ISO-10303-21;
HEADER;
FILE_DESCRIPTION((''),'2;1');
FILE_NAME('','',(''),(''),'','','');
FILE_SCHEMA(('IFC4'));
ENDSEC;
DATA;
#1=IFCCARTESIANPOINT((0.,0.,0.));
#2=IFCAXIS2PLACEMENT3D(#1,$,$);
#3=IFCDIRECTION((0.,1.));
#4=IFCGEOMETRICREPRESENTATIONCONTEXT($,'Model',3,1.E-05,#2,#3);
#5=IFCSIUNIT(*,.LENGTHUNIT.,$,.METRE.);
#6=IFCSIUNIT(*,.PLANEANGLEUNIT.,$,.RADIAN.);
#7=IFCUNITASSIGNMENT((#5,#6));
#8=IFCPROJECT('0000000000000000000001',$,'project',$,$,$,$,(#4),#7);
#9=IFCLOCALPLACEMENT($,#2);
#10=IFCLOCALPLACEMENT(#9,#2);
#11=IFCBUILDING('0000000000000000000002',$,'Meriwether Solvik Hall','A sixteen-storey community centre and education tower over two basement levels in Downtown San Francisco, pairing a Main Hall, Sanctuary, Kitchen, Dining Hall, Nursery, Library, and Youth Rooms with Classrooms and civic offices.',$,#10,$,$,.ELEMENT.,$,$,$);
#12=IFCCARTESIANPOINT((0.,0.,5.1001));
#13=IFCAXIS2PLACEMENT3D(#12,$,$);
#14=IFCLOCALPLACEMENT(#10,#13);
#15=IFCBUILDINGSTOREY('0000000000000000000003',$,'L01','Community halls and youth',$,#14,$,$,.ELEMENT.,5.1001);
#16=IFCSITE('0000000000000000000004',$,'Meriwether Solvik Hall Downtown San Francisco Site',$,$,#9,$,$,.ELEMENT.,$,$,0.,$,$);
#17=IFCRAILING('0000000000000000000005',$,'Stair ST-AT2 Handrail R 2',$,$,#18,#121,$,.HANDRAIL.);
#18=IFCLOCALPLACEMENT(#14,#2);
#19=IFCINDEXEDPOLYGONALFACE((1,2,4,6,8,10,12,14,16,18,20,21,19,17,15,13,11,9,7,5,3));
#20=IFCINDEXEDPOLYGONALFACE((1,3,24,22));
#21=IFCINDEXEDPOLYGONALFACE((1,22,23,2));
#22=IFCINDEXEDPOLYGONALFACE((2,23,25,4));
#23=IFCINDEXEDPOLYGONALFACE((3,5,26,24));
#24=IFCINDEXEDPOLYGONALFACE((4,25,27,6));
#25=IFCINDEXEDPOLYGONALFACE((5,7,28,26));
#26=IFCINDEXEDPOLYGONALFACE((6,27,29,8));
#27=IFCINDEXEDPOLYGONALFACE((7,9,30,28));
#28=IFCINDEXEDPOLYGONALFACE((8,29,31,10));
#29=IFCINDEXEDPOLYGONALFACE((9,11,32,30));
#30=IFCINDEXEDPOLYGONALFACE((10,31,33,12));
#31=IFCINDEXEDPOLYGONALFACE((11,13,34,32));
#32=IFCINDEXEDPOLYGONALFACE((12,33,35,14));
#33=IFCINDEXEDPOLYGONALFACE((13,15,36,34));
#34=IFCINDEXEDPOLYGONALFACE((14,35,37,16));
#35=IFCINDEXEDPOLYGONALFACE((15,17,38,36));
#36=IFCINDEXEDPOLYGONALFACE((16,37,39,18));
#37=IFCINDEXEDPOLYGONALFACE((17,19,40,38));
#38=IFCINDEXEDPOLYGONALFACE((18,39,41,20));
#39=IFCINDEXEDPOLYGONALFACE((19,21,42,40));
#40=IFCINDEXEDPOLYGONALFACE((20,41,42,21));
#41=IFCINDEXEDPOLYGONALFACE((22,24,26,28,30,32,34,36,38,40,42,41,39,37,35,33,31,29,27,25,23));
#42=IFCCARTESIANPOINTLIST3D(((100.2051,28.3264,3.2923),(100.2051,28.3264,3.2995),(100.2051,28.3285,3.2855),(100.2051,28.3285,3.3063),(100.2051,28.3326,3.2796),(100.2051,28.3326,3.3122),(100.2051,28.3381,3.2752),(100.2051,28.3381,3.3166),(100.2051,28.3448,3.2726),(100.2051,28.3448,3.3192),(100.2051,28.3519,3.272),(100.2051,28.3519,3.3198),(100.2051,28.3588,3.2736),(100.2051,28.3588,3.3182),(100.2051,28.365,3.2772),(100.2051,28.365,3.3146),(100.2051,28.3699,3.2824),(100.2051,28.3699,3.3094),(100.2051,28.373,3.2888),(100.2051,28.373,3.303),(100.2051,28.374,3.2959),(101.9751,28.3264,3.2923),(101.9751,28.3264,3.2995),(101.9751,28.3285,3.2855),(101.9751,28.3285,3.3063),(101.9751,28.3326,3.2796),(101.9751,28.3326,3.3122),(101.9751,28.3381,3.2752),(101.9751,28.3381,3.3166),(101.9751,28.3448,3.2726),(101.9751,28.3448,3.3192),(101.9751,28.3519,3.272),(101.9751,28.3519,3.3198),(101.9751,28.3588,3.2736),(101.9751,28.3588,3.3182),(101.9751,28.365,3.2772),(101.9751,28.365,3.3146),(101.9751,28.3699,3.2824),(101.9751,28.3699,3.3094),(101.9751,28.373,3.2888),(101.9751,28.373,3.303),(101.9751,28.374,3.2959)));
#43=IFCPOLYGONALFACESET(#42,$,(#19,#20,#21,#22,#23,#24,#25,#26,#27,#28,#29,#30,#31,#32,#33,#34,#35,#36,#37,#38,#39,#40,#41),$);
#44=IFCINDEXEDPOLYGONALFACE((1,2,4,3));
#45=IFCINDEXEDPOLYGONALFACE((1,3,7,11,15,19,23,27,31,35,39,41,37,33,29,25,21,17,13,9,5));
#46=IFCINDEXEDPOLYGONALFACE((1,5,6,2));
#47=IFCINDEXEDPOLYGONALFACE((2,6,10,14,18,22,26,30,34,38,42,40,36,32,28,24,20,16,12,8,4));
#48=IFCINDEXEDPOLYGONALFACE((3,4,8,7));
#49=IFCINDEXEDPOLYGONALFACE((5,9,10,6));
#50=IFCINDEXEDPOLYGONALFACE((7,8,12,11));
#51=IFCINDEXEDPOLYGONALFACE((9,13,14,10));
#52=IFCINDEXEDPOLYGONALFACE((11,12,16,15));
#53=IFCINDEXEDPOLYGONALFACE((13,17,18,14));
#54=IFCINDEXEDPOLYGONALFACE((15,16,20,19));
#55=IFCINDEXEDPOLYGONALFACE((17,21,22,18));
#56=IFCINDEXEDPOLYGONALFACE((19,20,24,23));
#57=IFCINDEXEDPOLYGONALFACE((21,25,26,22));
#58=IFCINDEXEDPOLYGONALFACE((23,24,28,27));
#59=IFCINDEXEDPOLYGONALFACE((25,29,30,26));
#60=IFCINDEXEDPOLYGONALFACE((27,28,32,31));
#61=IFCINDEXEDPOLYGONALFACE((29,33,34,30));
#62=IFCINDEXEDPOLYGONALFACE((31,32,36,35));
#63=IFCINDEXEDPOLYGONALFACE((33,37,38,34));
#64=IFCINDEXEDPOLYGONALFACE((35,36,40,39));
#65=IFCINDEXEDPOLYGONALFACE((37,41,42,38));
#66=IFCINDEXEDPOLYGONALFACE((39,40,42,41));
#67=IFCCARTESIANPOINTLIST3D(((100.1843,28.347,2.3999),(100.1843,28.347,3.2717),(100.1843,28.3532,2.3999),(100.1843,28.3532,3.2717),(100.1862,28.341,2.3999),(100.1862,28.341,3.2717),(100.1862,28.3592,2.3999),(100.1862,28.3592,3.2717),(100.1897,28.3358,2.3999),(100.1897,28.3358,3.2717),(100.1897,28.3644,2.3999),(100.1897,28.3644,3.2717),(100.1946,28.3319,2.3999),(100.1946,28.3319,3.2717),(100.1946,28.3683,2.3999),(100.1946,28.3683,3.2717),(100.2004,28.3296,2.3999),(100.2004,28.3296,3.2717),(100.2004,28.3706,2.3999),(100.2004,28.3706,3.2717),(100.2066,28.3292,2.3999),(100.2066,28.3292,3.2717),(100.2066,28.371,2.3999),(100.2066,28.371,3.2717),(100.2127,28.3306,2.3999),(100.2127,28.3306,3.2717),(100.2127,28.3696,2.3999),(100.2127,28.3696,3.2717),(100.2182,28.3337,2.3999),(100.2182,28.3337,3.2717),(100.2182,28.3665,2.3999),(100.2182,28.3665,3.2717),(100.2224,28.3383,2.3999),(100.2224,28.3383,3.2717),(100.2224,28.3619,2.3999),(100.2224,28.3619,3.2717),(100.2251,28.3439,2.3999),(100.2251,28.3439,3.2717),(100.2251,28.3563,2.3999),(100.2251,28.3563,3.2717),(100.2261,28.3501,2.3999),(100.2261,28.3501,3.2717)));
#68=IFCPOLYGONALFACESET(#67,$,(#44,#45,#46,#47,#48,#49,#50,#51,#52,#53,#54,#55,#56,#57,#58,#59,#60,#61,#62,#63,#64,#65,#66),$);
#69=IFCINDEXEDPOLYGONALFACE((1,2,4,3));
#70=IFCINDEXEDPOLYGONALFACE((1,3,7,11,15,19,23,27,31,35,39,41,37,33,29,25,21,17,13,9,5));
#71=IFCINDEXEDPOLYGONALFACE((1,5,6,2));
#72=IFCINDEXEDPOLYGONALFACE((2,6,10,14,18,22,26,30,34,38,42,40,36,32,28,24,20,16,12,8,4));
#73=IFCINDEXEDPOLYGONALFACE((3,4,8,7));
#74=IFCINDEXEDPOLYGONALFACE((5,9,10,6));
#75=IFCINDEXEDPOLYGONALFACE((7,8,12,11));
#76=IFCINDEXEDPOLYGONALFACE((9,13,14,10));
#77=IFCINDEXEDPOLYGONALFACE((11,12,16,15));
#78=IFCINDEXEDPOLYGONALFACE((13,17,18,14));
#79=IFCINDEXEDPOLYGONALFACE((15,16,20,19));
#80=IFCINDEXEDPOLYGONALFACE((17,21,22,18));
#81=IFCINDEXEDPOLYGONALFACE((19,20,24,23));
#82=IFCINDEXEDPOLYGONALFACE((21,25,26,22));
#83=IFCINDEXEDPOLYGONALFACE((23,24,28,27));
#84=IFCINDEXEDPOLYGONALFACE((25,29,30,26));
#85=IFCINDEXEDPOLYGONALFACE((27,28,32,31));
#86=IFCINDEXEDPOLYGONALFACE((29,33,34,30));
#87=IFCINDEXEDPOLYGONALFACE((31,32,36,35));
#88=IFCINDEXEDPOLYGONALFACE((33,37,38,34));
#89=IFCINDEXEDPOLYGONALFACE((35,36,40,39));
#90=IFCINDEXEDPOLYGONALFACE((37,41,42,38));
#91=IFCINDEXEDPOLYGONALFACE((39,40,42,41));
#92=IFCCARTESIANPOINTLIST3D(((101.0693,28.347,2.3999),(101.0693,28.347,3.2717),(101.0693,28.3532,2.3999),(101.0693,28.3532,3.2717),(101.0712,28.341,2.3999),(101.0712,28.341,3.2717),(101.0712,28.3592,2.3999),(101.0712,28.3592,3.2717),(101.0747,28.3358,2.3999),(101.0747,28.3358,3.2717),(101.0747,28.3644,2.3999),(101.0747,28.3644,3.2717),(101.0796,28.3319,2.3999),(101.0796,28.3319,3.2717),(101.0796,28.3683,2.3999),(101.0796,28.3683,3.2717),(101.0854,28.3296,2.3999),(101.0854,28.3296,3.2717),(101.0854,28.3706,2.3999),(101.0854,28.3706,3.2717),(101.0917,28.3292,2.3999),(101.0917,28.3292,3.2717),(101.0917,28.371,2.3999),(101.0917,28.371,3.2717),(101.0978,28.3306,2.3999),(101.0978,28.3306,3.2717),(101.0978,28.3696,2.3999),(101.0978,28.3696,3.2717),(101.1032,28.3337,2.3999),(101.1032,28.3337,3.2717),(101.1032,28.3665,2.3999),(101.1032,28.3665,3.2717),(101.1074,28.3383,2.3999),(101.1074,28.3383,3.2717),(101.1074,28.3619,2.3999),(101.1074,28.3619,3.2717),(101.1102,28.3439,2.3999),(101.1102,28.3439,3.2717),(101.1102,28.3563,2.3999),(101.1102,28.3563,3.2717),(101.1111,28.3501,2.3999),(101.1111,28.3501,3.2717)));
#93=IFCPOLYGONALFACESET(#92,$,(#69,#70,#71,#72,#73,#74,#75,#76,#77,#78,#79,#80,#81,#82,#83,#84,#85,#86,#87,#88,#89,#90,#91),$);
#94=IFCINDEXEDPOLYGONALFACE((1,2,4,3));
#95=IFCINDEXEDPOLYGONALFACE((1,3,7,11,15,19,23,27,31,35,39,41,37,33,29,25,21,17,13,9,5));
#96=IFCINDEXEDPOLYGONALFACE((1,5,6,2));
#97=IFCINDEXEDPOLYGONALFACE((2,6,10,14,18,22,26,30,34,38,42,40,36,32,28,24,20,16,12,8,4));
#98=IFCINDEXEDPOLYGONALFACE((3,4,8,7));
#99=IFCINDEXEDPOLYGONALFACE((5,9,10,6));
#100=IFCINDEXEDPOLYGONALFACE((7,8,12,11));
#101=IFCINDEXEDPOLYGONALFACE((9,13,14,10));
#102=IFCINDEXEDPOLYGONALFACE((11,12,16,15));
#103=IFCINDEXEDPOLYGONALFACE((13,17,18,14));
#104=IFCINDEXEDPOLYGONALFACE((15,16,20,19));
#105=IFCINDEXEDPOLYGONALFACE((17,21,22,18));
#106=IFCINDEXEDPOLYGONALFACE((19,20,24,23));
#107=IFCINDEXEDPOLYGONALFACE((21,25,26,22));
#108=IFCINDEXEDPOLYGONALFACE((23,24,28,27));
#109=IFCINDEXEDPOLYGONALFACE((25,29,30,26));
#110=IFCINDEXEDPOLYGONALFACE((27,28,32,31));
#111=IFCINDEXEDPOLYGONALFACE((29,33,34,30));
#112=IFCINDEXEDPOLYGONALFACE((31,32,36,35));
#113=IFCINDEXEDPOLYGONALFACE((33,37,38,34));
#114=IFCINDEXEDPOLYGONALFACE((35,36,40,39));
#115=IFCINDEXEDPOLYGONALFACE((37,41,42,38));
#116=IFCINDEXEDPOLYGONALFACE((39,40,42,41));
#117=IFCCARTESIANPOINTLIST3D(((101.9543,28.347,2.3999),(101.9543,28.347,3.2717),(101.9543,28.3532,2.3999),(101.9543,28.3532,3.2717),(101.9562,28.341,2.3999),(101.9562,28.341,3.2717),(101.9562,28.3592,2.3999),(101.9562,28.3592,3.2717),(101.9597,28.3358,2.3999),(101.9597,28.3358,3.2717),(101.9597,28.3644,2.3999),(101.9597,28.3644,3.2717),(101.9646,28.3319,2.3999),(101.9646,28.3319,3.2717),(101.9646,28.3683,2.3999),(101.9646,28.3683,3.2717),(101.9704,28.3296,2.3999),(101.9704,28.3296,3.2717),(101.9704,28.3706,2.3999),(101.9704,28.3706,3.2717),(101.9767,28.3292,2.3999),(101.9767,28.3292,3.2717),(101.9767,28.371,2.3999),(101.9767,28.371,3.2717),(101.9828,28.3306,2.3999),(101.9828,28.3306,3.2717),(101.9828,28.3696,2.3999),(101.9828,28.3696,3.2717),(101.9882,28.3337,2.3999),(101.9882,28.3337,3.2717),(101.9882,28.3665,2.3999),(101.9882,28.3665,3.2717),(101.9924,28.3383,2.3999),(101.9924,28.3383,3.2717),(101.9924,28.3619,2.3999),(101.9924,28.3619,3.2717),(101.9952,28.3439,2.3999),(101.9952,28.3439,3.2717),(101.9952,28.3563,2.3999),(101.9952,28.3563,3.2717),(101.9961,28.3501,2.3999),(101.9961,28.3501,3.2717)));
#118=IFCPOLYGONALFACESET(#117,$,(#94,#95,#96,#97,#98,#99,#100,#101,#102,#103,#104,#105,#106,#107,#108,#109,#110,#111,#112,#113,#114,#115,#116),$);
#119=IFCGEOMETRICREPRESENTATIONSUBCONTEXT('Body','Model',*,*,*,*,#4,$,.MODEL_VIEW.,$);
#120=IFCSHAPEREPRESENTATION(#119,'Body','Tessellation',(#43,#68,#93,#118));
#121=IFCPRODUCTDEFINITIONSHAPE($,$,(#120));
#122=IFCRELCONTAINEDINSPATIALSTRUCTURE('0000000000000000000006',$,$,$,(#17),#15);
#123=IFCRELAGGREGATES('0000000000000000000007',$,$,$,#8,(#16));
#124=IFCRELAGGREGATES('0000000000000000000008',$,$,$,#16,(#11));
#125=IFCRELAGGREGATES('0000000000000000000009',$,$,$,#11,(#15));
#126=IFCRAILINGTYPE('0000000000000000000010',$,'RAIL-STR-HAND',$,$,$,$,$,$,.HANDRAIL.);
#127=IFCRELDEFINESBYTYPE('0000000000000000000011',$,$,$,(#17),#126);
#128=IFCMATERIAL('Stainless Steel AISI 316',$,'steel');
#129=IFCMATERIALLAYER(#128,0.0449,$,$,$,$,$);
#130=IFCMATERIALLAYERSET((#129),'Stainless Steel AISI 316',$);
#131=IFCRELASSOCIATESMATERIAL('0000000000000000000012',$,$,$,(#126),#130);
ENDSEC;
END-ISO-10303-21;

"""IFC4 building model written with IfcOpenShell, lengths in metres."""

from ifc_helpers import new_model, si_unit, direction, frame, origin, origin_2d, place, context, subcontext, project, spatial, circle, extrude, material, layer, layer_set, type_object, element, save


model = new_model("IFC4")

# Units and contexts
model_context = context("Model", 3, precision=1e-05, world=origin(), true_north=direction((0.0, 1.0)))
body_context = subcontext(model_context, "Body", "Model", "MODEL_VIEW")
ifc_project = project(units=[si_unit("LENGTHUNIT", "METRE"), si_unit("PLANEANGLEUNIT", "RADIAN")], contexts=[model_context])

# Site, building, storey
site_placement = place(None, origin())
site = spatial("IfcSite", under=ifc_project, at=site_placement, Name="Meriwether Solvik Hall Downtown San Francisco Site", CompositionType="ELEMENT", RefElevation=0.0)
building_placement = place(site_placement, origin())
building = spatial("IfcBuilding", under=site, at=building_placement, Name="Meriwether Solvik Hall", Description="A sixteen-storey community centre and education tower over two basement levels in Downtown San Francisco, pairing a Main Hall, Sanctuary, Kitchen, Dining Hall, Nursery, Library, and Youth Rooms with Classrooms and civic offices.", CompositionType="ELEMENT")
storey_placement = place(building_placement, frame((0.0, 0.0, 5.1001)))
storey = spatial("IfcBuildingStorey", under=building, at=storey_placement, Name="L01", Description="Community halls and youth", CompositionType="ELEMENT", Elevation=5.1001)

# Railing
ifc_material_1 = material(Name="Stainless Steel AISI 316", Category="steel")
ifc_layer_1 = layer(ifc_material_1, 0.0449)
ifc_layer_set_1 = layer_set([ifc_layer_1], Name="Stainless Steel AISI 316")
railing_type_1 = type_object("IfcRailingType", Name="RAIL-STR-HAND", PredefinedType="HANDRAIL", material=ifc_layer_set_1)
railing_1_placement = place(storey_placement, frame((100.2051, 28.3501, 2.3999)))
element("IfcRailing", 1, at=railing_1_placement, inside=storey, type_object=railing_type_1, Name="Stair ST-AT2 Handrail R 2", PredefinedType="HANDRAIL", context=body_context, shape_type="SweptSolid", body=[
    extrude(circle(Radius=0.0239, at=origin_2d()), frame((0.0, 0.0, 0.896), z_axis=(1.0, 0.0, 0.0), x_axis=(0.0, 1.0, 0.0)), (0.0, 0.0, 1.0), 1.77),
    extrude(circle(Radius=0.021, at=origin_2d()), origin(), (0.0, 0.0, 1.0), 0.8718),
    extrude(circle(Radius=0.021, at=origin_2d()), frame((0.885, 0.0, 0.0)), (0.0, 0.0, 1.0), 0.8718),
    extrude(circle(Radius=0.021, at=origin_2d()), frame((1.77, 0.0, 0.0)), (0.0, 0.0, 1.0), 0.8718),
])

save(model, "model.ifc")
